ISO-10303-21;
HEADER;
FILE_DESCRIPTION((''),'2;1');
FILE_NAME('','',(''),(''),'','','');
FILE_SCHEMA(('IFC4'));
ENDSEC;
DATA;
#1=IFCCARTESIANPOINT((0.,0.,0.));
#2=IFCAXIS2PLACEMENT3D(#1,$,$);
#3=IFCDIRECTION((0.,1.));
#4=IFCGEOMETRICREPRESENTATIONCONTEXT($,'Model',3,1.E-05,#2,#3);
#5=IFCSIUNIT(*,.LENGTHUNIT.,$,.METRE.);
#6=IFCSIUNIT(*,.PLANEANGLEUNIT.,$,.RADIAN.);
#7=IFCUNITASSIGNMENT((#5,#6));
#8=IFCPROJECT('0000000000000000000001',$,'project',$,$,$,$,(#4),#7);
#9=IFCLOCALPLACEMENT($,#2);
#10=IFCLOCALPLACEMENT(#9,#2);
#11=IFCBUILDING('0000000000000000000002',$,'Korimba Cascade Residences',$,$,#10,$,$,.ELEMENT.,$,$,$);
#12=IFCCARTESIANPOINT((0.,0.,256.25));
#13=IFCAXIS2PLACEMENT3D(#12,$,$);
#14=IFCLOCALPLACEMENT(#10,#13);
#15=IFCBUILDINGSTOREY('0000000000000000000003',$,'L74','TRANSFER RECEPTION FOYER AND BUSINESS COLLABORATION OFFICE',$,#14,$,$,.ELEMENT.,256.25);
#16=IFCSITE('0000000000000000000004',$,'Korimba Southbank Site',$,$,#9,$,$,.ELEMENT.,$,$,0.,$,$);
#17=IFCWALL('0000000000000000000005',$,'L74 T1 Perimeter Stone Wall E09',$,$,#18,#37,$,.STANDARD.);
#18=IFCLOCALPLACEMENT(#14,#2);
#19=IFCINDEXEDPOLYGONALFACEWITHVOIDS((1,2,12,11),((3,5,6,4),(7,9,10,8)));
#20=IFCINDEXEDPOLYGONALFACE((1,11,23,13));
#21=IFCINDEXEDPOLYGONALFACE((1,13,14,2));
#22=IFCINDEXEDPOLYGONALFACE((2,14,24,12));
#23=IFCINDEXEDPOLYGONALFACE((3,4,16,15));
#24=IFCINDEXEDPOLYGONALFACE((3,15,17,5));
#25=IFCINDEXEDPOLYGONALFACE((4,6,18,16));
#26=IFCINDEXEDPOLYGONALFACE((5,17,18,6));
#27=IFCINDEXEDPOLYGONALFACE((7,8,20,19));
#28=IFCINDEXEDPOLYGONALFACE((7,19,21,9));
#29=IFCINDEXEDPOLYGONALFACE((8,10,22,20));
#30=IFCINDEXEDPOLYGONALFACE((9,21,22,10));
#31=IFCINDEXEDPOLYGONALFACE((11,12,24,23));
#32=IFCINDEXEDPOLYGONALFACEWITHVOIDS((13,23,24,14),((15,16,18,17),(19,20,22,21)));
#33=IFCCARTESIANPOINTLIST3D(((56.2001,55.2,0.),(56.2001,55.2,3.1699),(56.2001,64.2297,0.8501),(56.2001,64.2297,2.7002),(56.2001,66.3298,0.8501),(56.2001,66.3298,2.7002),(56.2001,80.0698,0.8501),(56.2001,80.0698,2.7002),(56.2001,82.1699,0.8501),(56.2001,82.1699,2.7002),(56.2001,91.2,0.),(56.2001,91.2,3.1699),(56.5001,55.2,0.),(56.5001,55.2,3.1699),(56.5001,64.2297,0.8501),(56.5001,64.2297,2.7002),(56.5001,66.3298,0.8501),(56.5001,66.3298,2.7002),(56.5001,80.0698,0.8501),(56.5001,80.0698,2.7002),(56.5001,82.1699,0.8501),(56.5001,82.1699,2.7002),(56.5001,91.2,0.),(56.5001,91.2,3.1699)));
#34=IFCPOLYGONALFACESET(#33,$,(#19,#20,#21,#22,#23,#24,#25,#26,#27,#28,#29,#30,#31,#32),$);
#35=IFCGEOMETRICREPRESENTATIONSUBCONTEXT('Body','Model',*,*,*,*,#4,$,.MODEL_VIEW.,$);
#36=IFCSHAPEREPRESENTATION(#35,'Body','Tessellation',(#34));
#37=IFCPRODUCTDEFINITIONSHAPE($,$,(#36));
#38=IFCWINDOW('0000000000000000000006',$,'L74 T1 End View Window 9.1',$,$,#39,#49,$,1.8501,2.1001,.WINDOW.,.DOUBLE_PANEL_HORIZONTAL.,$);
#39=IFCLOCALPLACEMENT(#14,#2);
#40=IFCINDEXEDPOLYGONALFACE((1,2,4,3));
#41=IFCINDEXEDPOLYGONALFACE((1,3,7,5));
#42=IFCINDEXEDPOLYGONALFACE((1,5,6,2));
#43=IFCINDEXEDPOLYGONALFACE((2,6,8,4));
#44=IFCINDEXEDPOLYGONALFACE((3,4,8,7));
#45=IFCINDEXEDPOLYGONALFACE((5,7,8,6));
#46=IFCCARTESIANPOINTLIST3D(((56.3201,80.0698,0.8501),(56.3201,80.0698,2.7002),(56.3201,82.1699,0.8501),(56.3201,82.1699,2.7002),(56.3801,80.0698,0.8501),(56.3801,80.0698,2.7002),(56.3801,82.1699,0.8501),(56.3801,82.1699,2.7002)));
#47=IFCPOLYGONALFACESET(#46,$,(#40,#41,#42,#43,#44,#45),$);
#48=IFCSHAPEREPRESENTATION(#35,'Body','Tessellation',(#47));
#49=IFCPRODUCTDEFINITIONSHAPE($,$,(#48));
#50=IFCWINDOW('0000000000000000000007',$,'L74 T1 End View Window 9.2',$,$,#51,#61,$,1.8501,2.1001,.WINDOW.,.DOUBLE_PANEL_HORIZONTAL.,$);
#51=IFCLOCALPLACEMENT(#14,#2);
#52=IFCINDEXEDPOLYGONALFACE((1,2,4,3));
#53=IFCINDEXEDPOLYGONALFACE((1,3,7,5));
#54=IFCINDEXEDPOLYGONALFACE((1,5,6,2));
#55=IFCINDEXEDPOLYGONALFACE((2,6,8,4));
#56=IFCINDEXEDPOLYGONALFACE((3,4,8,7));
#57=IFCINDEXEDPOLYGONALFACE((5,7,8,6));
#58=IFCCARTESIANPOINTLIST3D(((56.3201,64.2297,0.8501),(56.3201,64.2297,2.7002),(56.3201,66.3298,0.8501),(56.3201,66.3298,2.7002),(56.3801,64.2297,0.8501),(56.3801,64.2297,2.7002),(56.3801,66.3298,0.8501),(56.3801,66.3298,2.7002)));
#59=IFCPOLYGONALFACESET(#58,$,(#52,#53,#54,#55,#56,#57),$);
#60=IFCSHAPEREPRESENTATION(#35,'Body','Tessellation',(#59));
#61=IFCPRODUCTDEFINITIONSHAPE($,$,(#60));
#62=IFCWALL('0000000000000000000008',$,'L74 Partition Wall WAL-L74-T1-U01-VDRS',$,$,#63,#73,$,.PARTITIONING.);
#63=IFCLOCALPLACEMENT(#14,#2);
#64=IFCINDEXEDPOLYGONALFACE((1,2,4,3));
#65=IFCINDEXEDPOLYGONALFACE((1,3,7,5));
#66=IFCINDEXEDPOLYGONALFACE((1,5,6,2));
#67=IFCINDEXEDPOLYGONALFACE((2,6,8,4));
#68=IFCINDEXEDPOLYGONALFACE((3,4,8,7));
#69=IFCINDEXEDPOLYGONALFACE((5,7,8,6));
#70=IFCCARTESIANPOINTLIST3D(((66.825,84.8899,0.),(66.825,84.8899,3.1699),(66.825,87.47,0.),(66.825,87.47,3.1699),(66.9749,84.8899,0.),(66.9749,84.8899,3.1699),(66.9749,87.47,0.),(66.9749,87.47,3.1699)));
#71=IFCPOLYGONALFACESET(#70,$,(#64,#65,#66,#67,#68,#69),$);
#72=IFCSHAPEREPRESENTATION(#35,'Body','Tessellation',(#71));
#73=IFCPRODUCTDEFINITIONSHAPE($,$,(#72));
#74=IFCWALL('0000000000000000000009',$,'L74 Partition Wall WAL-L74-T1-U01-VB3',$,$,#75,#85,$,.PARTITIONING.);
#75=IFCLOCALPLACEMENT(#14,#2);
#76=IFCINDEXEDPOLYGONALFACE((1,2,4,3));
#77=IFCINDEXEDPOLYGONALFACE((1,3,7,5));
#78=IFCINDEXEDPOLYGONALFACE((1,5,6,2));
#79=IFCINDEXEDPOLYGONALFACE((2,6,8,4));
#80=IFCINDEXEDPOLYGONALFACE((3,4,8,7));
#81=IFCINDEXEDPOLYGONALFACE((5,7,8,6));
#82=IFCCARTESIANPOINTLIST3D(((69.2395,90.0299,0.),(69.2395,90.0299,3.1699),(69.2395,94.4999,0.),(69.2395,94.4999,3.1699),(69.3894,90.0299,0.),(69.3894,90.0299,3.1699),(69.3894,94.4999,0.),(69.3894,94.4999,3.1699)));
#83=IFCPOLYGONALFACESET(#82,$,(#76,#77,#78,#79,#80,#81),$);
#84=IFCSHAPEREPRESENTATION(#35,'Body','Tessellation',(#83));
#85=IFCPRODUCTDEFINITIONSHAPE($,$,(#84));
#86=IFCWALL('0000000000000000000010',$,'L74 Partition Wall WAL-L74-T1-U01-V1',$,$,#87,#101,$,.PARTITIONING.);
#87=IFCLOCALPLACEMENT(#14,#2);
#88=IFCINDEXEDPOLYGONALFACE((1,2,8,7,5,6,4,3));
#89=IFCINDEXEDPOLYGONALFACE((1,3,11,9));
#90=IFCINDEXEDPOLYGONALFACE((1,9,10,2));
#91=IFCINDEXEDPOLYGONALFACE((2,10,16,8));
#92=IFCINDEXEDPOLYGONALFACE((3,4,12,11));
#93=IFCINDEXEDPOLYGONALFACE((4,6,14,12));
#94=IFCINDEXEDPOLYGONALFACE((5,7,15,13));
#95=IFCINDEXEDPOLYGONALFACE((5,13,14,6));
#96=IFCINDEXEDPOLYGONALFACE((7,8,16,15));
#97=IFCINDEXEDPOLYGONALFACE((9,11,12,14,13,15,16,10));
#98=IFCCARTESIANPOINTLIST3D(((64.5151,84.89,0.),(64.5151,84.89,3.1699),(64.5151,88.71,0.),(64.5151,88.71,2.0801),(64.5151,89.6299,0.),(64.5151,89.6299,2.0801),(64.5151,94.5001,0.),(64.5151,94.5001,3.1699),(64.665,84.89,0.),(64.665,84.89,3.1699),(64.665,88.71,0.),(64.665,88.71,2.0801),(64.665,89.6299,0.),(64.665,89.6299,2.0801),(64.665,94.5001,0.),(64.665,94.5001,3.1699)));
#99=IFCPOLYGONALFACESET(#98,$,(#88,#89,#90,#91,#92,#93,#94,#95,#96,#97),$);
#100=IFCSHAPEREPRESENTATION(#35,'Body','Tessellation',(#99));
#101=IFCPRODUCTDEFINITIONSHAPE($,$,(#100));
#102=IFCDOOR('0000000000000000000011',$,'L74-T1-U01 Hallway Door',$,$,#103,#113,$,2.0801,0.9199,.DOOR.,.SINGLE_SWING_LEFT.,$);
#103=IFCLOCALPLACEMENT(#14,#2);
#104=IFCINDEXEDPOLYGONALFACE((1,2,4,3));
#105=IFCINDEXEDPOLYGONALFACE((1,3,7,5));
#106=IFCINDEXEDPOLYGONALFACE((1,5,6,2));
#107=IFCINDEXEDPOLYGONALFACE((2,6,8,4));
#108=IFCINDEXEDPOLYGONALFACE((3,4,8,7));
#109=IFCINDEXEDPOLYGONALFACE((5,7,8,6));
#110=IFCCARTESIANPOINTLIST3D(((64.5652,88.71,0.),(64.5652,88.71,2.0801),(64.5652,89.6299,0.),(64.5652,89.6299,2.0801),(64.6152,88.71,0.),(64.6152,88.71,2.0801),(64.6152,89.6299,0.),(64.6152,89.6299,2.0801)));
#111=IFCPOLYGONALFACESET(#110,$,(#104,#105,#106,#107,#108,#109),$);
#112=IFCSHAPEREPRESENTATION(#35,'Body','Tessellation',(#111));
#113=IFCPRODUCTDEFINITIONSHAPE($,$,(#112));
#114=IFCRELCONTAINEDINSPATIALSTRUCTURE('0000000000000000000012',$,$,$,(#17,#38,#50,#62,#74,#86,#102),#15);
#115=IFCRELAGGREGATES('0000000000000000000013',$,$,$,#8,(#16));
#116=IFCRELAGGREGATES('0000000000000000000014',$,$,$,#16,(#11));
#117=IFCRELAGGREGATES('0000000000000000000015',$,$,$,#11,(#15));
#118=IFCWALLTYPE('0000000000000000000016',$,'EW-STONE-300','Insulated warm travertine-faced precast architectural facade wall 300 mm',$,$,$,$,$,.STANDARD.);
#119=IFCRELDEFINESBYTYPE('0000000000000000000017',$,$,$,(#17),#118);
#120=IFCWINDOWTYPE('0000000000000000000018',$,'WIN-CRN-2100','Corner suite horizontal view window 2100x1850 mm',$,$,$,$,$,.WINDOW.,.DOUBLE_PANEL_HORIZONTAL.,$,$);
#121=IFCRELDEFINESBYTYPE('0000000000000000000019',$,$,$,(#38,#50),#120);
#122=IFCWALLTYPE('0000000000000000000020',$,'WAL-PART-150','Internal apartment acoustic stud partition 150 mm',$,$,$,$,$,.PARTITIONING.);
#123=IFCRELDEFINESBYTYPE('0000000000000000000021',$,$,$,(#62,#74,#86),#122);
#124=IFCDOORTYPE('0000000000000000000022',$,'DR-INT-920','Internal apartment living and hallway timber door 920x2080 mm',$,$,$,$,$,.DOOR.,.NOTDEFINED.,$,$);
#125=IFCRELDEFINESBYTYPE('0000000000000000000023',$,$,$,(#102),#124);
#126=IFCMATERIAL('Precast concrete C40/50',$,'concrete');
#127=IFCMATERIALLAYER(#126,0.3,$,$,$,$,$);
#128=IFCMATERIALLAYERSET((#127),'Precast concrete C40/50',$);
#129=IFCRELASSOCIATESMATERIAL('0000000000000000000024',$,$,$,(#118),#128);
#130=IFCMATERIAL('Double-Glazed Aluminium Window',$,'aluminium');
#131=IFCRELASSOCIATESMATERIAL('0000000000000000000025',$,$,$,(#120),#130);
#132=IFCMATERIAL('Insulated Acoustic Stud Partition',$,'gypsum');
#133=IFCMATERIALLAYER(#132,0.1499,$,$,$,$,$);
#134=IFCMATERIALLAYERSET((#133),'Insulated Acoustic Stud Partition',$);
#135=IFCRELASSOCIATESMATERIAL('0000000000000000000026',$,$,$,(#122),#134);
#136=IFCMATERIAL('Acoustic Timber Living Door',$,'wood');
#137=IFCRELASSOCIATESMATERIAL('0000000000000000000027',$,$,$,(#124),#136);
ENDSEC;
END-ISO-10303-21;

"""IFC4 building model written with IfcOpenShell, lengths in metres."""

from ifc_helpers import new_model, si_unit, direction, frame, frame_2d, origin, place, context, subcontext, project, spatial, rectangle, extrude, material, layer, layer_set, type_object, element, fill, save


model = new_model("IFC4")

# Units and contexts
model_context = context("Model", 3, precision=1e-05, world=origin(), true_north=direction((0.0, 1.0)))
body_context = subcontext(model_context, "Body", "Model", "MODEL_VIEW")
ifc_project = project(units=[si_unit("LENGTHUNIT", "METRE"), si_unit("PLANEANGLEUNIT", "RADIAN")], contexts=[model_context])

# Site, building, storey
site_placement = place(None, origin())
site = spatial("IfcSite", under=ifc_project, at=site_placement, Name="Korimba Southbank Site", CompositionType="ELEMENT", RefElevation=0.0)
building_placement = place(site_placement, origin())
building = spatial("IfcBuilding", under=site, at=building_placement, Name="Korimba Cascade Residences", CompositionType="ELEMENT")
storey_placement = place(building_placement, frame((0.0, 0.0, 256.25)))
storey = spatial("IfcBuildingStorey", under=building, at=storey_placement, Name="L74", Description="TRANSFER RECEPTION FOYER AND BUSINESS COLLABORATION OFFICE", CompositionType="ELEMENT", Elevation=256.25)

# Shared definitions
ifc_material_1 = material(Name="Precast concrete C40/50", Category="concrete")
ifc_layer_1 = layer(ifc_material_1, 0.3)
ifc_layer_set_1 = layer_set([ifc_layer_1], Name="Precast concrete C40/50")
wall_type_1 = type_object("IfcWallType", Name="EW-STONE-300", Description="Insulated warm travertine-faced precast architectural facade wall 300 mm", PredefinedType="STANDARD", material=ifc_layer_set_1)

# Wall, openings, windows
wall_1_placement = place(storey_placement, frame((56.3501, 91.2, 0.0), z_axis=(0.0, 0.0, 1.0), x_axis=(0.0, -1.0, 0.0)))
wall_1 = element("IfcWall", 1, at=wall_1_placement, inside=storey, type_object=wall_type_1, Name="L74 T1 Perimeter Stone Wall E09", PredefinedType="STANDARD", context=body_context, shape_type="SweptSolid", body=[
    extrude(rectangle(XDim=36.0, YDim=0.3, at=frame_2d((18.0, 0.0))), origin(), (0.0, 0.0, 1.0), 3.1699),
])
opening_1_placement = place(wall_1_placement, frame((9.03, 0.0, 0.8501)))
opening_1 = element("IfcOpeningElement", 2, at=opening_1_placement, cuts=wall_1, PredefinedType="OPENING", context=body_context, shape_type="SweptSolid", body=[
    extrude(rectangle(XDim=2.1001, YDim=1.8501, at=frame_2d((1.05, 0.925))), frame((0.0, 0.1602, 0.0), z_axis=(0.0, -1.0, 0.0), x_axis=(1.0, 0.0, 0.0)), (0.0, 0.0, 1.0), 0.3201),
])
opening_2_placement = place(wall_1_placement, frame((24.8701, 0.0, 0.8501)))
opening_2 = element("IfcOpeningElement", 3, at=opening_2_placement, cuts=wall_1, PredefinedType="OPENING", context=body_context, shape_type="SweptSolid", body=[
    extrude(rectangle(XDim=2.1001, YDim=1.8501, at=frame_2d((1.05, 0.925))), frame((0.0, 0.1602, 0.0), z_axis=(0.0, -1.0, 0.0), x_axis=(1.0, 0.0, 0.0)), (0.0, 0.0, 1.0), 0.3201),
])
ifc_material_2 = material(Name="Double-Glazed Aluminium Window", Category="aluminium")
window_type = type_object("IfcWindowType", Name="WIN-CRN-2100", Description="Corner suite horizontal view window 2100x1850 mm", PartitioningType="DOUBLE_PANEL_HORIZONTAL", PredefinedType="WINDOW", material=ifc_material_2)
window_1_placement = place(opening_1_placement, origin())
window_1 = element("IfcWindow", 4, at=window_1_placement, inside=storey, type_object=window_type, Name="L74 T1 End View Window 9.1", OverallHeight=1.8501, OverallWidth=2.1001, PartitioningType="DOUBLE_PANEL_HORIZONTAL", PredefinedType="WINDOW", context=body_context, shape_type="SweptSolid", body=[
    extrude(rectangle(XDim=2.1001, YDim=1.8501, at=frame_2d((1.05, 0.925))), frame((0.0, 0.03, 0.0), z_axis=(0.0, -1.0, 0.0), x_axis=(1.0, 0.0, 0.0)), (0.0, 0.0, 1.0), 0.0601),
])
fill(opening_1, window_1)
window_2_placement = place(opening_2_placement, origin())
window_2 = element("IfcWindow", 5, at=window_2_placement, inside=storey, type_object=window_type, Name="L74 T1 End View Window 9.2", OverallHeight=1.8501, OverallWidth=2.1001, PartitioningType="DOUBLE_PANEL_HORIZONTAL", PredefinedType="WINDOW", context=body_context, shape_type="SweptSolid", body=[
    extrude(rectangle(XDim=2.1001, YDim=1.8501, at=frame_2d((1.05, 0.925))), frame((0.0, 0.03, 0.0), z_axis=(0.0, -1.0, 0.0), x_axis=(1.0, 0.0, 0.0)), (0.0, 0.0, 1.0), 0.0601),
])
fill(opening_2, window_2)

# Walls
ifc_material_3 = material(Name="Insulated Acoustic Stud Partition", Category="gypsum")
ifc_layer_2 = layer(ifc_material_3, 0.1499)
ifc_layer_set_2 = layer_set([ifc_layer_2], Name="Insulated Acoustic Stud Partition")
wall_type_2 = type_object("IfcWallType", Name="WAL-PART-150", Description="Internal apartment acoustic stud partition 150 mm", PredefinedType="PARTITIONING", material=ifc_layer_set_2)
wall_2_placement = place(storey_placement, frame((66.8999, 84.8899, 0.0), z_axis=(0.0, 0.0, 1.0), x_axis=(0.0, 1.0, 0.0)))
element("IfcWall", 6, at=wall_2_placement, inside=storey, type_object=wall_type_2, Name="L74 Partition Wall WAL-L74-T1-U01-VDRS", PredefinedType="PARTITIONING", context=body_context, shape_type="SweptSolid", body=[
    extrude(rectangle(XDim=2.5801, YDim=0.1499, at=frame_2d((1.29, 0.0))), origin(), (0.0, 0.0, 1.0), 3.1699),
])
wall_3_placement = place(storey_placement, frame((69.3145, 90.03, 0.0), z_axis=(0.0, 0.0, 1.0), x_axis=(0.0, 1.0, 0.0)))
element("IfcWall", 7, at=wall_3_placement, inside=storey, type_object=wall_type_2, Name="L74 Partition Wall WAL-L74-T1-U01-VB3", PredefinedType="PARTITIONING", context=body_context, shape_type="SweptSolid", body=[
    extrude(rectangle(XDim=4.47, YDim=0.1499, at=frame_2d((2.2349, 0.0))), origin(), (0.0, 0.0, 1.0), 3.1699),
])

# Wall, opening, door
wall_4_placement = place(storey_placement, frame((64.5901, 84.8899, 0.0), z_axis=(0.0, 0.0, 1.0), x_axis=(0.0, 1.0, 0.0)))
wall_4 = element("IfcWall", 8, at=wall_4_placement, inside=storey, type_object=wall_type_2, Name="L74 Partition Wall WAL-L74-T1-U01-V1", PredefinedType="PARTITIONING", context=body_context, shape_type="SweptSolid", body=[
    extrude(rectangle(XDim=9.6101, YDim=0.1499, at=frame_2d((4.8052, 0.0))), origin(), (0.0, 0.0, 1.0), 3.1699),
])
opening_3_placement = place(wall_4_placement, frame((3.8201, 0.0, 0.0)))
opening_3 = element("IfcOpeningElement", 9, at=opening_3_placement, cuts=wall_4, PredefinedType="OPENING", context=body_context, shape_type="SweptSolid", body=[
    extrude(rectangle(XDim=0.9199, YDim=2.0801, at=frame_2d((0.46, 1.04))), frame((0.0, 0.085, 0.0), z_axis=(0.0, -1.0, 0.0), x_axis=(1.0, 0.0, 0.0)), (0.0, 0.0, 1.0), 0.1699),
])
ifc_material_4 = material(Name="Acoustic Timber Living Door", Category="wood")
door_type_1 = type_object("IfcDoorType", Name="DR-INT-920", Description="Internal apartment living and hallway timber door 920x2080 mm", OperationType="NOTDEFINED", PredefinedType="DOOR", material=ifc_material_4)
door_1_placement = place(opening_3_placement, origin())
door_1 = element("IfcDoor", 10, at=door_1_placement, inside=storey, type_object=door_type_1, Name="L74-T1-U01 Hallway Door", OperationType="SINGLE_SWING_LEFT", OverallHeight=2.0801, OverallWidth=0.9199, PredefinedType="DOOR", context=body_context, shape_type="SweptSolid", body=[
    extrude(rectangle(XDim=0.9199, YDim=2.0801, at=frame_2d((0.46, 1.04))), frame((0.0, 0.0249, 0.0), z_axis=(0.0, -1.0, 0.0), x_axis=(1.0, 0.0, 0.0)), (0.0, 0.0, 1.0), 0.05),
])
fill(opening_3, door_1)

save(model, "model.ifc")
